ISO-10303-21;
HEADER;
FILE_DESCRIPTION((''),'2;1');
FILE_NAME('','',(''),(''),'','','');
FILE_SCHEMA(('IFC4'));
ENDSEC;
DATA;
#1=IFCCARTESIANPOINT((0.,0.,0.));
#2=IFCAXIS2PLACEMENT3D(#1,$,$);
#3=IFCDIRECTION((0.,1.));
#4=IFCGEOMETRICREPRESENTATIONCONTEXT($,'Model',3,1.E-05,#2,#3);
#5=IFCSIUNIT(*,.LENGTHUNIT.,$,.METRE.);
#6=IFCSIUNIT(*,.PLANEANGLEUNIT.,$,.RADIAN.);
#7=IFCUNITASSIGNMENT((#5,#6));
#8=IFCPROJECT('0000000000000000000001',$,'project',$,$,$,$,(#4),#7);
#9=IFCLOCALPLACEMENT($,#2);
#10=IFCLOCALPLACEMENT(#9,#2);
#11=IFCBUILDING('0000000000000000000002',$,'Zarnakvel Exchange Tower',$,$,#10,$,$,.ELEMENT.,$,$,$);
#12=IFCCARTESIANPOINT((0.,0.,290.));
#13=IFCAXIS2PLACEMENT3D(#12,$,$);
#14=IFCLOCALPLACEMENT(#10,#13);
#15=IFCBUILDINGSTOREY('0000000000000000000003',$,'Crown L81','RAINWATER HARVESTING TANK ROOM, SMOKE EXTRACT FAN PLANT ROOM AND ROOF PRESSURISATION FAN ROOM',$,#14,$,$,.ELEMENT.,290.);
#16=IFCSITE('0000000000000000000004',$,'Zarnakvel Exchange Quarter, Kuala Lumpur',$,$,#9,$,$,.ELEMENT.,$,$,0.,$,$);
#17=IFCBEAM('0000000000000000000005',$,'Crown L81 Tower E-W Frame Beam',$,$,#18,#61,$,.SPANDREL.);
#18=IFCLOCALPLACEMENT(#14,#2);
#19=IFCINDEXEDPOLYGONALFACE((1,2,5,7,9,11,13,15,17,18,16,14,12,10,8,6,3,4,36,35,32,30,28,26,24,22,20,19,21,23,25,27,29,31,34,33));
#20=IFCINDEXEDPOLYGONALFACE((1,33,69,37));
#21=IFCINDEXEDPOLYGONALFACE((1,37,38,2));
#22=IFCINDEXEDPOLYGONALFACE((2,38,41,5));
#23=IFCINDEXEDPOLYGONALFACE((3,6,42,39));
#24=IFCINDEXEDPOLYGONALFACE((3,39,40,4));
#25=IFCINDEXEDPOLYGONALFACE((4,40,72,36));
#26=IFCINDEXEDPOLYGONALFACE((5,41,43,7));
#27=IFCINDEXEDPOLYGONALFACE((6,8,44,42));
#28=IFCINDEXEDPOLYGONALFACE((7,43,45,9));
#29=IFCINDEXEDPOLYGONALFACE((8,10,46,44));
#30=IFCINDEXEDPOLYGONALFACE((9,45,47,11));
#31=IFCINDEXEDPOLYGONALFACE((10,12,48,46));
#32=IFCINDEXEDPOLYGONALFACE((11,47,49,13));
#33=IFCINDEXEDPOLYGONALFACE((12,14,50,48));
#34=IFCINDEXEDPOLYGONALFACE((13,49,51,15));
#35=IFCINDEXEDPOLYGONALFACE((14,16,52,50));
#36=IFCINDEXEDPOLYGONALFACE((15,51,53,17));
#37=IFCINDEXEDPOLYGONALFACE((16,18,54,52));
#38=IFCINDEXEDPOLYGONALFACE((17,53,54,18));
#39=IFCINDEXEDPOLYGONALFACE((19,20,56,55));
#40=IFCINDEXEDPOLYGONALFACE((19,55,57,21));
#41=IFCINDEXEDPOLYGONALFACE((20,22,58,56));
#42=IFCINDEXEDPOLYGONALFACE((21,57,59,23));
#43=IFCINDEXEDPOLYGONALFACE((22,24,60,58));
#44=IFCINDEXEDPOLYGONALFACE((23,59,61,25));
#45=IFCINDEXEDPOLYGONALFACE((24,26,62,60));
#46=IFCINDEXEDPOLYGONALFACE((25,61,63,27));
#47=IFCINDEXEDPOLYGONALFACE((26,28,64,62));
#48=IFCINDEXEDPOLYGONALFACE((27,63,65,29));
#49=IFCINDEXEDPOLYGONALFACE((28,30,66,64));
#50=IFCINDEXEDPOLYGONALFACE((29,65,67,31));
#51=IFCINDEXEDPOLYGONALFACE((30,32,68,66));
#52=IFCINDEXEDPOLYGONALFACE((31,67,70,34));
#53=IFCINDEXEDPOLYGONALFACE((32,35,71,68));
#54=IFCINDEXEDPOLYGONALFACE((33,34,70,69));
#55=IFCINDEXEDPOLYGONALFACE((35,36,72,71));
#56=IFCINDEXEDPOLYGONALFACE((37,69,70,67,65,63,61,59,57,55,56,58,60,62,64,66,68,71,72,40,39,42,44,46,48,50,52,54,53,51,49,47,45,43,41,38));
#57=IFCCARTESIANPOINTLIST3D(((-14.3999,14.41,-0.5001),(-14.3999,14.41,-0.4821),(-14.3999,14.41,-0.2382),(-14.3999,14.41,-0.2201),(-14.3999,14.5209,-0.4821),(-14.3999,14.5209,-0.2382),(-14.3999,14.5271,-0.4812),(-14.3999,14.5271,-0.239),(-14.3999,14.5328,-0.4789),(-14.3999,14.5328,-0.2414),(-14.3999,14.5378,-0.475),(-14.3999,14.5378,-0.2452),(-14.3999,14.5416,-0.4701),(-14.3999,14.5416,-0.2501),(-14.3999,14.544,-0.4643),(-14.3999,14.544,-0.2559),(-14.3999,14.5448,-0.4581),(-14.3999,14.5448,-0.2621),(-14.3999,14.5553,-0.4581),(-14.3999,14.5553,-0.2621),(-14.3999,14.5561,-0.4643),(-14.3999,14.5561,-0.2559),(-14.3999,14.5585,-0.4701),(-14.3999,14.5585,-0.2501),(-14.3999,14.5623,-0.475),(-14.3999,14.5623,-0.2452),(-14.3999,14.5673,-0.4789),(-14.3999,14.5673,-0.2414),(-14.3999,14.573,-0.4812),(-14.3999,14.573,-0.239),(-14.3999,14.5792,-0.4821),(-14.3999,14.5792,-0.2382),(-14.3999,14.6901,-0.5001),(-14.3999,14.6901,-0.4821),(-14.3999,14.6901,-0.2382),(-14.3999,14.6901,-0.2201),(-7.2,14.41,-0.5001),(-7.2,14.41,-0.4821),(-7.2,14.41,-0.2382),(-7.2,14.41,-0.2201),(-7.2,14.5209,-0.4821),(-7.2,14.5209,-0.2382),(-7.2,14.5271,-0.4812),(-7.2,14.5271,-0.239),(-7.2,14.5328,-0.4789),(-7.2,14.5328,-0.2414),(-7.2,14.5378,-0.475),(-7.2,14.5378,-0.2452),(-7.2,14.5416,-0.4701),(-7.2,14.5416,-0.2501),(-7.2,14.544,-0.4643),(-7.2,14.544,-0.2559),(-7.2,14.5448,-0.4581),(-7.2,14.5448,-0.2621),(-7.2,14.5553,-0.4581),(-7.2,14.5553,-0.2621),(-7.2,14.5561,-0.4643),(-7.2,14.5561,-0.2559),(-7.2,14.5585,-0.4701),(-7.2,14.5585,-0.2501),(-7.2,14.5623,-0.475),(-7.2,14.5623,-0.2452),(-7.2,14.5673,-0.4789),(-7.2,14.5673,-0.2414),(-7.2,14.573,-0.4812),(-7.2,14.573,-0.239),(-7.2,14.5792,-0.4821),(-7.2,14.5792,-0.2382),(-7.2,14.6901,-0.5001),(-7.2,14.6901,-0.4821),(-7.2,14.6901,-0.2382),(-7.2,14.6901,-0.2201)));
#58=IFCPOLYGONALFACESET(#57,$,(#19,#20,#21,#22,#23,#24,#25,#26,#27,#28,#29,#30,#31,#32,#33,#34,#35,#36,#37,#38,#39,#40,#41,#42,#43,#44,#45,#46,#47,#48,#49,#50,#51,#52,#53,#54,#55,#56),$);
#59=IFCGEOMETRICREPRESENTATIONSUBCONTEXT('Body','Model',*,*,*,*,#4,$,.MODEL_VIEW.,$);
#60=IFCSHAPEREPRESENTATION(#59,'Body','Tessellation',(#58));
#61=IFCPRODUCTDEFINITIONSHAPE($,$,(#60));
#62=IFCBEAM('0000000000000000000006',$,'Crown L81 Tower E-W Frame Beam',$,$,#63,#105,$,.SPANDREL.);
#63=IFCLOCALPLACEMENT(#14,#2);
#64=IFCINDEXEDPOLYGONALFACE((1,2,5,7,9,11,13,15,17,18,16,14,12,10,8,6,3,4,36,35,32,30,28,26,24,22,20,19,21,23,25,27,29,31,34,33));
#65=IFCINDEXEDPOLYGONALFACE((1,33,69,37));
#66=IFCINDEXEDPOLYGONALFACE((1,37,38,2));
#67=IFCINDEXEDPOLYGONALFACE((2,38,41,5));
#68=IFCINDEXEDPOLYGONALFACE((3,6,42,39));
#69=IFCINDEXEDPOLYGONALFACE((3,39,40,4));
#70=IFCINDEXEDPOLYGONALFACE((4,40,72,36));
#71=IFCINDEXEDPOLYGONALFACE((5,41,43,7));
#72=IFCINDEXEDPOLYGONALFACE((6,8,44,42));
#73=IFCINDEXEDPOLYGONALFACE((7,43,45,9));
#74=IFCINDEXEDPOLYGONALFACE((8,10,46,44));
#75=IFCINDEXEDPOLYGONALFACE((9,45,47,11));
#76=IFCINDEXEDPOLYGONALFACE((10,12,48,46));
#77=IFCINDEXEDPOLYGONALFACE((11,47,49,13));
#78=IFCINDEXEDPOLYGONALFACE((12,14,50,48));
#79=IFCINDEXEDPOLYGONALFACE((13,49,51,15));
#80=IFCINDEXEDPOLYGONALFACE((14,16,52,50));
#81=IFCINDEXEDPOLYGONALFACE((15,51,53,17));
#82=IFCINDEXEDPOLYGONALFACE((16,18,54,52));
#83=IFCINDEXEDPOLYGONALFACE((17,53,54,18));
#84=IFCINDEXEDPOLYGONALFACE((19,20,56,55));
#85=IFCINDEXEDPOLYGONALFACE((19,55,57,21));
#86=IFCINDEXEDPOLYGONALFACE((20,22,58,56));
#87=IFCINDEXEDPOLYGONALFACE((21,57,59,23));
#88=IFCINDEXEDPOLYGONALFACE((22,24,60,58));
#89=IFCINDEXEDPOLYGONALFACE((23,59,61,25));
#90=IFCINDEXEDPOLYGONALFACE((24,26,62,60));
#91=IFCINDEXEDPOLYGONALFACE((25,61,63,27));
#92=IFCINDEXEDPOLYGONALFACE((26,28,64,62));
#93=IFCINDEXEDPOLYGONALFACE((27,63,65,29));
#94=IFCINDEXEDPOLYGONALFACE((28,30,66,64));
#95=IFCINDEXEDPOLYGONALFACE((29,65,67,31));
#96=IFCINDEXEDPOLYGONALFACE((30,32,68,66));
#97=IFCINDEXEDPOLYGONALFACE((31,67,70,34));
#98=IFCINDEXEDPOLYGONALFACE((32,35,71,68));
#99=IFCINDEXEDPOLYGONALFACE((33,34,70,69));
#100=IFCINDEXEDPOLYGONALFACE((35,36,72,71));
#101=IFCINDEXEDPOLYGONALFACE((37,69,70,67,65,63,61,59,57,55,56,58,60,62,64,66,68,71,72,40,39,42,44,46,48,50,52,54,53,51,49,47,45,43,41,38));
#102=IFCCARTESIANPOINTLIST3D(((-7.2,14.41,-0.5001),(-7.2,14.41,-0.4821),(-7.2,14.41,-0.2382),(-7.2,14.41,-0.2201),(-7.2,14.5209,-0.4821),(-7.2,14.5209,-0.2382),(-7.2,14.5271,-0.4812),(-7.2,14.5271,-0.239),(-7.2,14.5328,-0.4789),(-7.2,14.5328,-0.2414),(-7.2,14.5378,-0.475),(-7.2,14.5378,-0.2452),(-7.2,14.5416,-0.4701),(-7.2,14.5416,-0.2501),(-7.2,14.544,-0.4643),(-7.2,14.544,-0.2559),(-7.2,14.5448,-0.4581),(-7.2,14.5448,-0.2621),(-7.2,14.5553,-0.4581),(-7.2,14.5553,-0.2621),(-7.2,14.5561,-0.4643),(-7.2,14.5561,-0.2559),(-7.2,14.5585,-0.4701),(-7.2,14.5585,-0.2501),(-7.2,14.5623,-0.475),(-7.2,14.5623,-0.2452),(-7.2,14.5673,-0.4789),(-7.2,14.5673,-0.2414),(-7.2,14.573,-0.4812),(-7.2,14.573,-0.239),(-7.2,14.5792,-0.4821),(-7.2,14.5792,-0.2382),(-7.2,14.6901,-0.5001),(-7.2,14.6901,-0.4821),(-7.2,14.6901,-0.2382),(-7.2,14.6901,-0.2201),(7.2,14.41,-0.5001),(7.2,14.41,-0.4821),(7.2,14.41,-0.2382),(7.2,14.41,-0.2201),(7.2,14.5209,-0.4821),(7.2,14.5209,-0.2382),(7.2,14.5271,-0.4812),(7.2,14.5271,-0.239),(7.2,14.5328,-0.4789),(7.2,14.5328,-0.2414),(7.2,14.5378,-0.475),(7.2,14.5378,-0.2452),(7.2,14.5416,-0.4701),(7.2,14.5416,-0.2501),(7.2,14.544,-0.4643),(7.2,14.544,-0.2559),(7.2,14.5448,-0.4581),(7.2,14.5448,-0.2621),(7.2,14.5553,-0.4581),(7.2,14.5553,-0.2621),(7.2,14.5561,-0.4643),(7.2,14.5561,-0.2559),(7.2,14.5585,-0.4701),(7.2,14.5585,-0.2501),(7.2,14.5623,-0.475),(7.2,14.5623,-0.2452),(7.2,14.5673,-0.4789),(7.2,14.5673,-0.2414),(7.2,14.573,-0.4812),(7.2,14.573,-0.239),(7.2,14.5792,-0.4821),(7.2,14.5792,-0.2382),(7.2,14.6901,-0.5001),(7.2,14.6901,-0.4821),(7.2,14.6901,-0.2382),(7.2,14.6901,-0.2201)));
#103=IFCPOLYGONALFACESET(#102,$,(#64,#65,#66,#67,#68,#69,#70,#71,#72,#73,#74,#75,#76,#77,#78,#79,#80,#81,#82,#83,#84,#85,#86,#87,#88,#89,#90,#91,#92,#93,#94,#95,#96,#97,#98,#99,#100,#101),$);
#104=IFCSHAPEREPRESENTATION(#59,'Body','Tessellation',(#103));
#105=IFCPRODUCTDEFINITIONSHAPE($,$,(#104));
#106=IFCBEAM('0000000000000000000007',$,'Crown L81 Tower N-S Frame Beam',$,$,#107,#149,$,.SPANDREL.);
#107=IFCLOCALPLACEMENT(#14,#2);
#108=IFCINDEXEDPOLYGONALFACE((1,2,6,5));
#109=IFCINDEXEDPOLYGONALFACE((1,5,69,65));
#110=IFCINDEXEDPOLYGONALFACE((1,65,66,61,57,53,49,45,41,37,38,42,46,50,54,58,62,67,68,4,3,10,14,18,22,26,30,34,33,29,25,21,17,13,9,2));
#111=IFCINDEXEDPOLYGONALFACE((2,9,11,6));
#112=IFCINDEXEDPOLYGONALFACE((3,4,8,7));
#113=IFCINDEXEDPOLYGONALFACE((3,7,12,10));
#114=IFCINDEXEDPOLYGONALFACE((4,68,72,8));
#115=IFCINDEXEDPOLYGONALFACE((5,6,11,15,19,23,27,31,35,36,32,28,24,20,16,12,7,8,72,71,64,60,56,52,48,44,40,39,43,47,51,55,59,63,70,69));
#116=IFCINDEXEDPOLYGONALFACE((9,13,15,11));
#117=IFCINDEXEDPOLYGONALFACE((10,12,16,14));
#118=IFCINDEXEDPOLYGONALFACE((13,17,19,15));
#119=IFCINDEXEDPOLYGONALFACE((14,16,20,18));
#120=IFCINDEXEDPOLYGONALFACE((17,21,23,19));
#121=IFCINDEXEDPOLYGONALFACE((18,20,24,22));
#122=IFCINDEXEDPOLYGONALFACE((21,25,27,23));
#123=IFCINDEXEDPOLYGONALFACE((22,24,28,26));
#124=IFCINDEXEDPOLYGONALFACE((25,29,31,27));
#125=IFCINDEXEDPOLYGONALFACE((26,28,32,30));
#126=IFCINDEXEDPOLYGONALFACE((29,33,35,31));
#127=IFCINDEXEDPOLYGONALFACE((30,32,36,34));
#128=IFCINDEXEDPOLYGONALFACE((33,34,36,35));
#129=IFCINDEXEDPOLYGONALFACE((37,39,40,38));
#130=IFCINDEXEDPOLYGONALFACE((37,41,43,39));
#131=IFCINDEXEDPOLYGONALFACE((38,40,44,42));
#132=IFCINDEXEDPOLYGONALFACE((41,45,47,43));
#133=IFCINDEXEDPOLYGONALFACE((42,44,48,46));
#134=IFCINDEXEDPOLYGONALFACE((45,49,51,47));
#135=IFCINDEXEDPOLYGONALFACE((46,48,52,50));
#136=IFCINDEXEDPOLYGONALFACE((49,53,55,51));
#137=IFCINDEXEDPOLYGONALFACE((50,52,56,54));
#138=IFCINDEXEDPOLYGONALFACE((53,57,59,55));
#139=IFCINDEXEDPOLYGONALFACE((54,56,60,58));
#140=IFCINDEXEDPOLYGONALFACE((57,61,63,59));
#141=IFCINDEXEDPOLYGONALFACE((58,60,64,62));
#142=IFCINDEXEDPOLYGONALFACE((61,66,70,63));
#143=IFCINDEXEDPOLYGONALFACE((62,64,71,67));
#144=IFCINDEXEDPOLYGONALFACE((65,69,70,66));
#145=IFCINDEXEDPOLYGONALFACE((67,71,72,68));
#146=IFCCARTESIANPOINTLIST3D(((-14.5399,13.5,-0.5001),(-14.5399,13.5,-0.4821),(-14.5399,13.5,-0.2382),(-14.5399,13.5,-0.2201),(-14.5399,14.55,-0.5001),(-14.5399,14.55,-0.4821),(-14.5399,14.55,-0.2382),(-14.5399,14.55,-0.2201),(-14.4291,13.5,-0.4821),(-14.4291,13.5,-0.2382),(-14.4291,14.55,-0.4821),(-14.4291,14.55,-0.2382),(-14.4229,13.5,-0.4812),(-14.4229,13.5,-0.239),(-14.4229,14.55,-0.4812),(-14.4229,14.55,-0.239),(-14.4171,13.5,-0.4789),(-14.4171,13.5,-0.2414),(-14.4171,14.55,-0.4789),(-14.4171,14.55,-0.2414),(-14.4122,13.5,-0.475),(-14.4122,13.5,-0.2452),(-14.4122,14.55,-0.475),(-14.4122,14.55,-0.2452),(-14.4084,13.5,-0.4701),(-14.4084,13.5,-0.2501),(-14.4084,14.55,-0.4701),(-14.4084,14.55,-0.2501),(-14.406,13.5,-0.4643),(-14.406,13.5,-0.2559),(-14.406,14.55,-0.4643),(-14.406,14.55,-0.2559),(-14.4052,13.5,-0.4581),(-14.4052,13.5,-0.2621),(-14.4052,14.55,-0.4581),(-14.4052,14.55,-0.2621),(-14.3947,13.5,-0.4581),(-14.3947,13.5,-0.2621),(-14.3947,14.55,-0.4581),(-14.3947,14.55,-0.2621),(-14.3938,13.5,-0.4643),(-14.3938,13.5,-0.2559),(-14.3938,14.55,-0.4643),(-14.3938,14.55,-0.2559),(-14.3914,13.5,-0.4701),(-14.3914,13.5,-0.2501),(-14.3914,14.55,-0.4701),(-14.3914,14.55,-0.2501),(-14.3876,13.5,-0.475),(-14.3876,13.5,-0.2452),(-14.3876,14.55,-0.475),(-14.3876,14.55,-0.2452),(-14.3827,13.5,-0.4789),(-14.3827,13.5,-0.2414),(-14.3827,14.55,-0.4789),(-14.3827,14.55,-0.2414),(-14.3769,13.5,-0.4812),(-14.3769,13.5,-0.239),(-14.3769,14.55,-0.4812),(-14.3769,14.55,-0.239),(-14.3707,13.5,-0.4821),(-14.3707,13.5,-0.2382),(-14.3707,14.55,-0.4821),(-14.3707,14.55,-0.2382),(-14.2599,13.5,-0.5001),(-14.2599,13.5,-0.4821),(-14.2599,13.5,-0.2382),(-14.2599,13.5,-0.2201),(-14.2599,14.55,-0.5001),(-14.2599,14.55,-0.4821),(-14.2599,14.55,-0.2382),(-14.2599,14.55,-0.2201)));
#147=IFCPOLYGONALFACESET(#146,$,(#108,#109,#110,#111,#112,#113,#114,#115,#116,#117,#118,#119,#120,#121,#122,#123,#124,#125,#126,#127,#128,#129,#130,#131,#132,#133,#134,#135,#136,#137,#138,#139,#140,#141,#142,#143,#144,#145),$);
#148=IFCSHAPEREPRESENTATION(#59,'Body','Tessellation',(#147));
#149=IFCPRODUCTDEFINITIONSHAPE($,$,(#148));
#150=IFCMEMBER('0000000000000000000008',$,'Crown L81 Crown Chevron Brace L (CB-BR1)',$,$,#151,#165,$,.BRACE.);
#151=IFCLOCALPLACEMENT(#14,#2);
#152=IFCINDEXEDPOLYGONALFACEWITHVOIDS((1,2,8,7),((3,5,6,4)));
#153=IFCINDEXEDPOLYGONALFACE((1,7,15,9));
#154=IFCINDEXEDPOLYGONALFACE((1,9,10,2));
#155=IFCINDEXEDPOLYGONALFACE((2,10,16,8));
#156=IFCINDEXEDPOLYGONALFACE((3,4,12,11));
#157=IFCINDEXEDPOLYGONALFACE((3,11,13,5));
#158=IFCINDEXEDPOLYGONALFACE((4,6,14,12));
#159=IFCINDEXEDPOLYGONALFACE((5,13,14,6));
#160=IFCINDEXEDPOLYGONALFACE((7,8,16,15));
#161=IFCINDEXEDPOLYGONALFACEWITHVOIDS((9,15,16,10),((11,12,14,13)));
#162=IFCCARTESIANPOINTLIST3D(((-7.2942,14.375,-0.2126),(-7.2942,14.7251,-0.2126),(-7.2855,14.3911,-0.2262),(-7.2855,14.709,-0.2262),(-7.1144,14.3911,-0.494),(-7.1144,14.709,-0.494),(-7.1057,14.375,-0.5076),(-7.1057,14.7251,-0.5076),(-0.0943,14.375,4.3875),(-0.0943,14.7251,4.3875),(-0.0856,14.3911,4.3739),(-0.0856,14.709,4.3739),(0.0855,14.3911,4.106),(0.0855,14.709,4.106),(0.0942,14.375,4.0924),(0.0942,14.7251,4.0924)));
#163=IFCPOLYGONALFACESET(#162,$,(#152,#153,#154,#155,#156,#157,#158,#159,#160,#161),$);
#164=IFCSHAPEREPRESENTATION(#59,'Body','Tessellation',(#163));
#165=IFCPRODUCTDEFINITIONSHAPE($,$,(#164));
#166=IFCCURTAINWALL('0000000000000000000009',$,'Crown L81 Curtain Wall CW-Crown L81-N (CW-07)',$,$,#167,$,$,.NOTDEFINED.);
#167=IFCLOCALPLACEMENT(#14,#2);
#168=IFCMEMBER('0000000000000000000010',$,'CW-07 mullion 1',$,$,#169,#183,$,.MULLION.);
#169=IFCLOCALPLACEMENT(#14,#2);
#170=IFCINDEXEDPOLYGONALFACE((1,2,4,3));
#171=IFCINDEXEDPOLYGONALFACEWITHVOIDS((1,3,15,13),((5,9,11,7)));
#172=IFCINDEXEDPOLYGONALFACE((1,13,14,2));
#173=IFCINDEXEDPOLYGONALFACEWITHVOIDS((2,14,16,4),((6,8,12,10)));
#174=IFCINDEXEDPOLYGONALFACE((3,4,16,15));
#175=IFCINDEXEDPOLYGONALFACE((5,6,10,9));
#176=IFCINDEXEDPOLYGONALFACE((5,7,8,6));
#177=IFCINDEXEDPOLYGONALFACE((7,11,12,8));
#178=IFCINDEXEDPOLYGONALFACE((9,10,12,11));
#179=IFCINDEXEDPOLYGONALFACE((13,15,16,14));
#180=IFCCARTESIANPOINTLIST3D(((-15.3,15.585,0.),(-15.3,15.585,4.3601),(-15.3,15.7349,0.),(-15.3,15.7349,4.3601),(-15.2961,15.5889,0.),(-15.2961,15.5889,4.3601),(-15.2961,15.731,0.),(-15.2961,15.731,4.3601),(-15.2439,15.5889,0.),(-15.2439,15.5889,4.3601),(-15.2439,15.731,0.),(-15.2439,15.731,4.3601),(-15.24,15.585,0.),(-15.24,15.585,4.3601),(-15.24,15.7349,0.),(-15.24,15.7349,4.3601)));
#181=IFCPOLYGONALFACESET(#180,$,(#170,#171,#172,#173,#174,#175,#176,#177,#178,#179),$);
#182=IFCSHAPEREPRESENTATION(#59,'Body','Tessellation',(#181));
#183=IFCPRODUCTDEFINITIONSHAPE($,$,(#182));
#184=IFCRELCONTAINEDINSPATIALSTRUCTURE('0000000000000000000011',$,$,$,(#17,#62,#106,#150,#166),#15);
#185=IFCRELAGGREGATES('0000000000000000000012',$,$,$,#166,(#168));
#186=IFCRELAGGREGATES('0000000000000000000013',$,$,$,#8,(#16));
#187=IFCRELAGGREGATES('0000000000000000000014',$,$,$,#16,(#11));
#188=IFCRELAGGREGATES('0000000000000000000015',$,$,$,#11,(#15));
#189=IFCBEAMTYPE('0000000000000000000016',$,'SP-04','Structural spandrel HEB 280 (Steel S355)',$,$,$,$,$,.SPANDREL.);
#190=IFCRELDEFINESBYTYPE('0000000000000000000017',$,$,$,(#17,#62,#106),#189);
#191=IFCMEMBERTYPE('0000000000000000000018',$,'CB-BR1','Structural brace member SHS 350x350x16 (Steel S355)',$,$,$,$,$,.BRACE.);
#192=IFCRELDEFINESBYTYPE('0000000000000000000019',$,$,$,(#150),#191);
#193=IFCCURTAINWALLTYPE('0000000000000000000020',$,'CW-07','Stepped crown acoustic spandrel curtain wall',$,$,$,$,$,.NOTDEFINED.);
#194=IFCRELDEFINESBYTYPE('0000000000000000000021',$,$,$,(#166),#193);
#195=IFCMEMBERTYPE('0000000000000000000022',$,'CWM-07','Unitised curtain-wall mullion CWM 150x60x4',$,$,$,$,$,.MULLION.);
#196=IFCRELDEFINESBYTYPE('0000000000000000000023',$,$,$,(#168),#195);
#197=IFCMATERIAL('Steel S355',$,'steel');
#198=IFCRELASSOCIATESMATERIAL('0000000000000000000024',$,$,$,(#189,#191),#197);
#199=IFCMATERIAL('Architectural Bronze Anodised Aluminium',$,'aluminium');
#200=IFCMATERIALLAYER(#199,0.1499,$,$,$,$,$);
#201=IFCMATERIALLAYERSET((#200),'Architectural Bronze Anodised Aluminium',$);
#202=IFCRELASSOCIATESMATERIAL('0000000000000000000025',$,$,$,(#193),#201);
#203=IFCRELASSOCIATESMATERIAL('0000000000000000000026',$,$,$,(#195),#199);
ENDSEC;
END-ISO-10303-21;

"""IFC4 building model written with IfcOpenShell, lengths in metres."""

from ifc_helpers import new_model, si_unit, direction, frame, origin, origin_2d, place, context, subcontext, project, spatial, hollow_rectangle, i_section, extrude, source, transform, mapped, material, layer, layer_set, material_profile, profile_set, type_object, element, aggregate, save


model = new_model("IFC4")

# Units and contexts
model_context = context("Model", 3, precision=1e-05, world=origin(), true_north=direction((0.0, 1.0)))
body_context = subcontext(model_context, "Body", "Model", "MODEL_VIEW")
ifc_project = project(units=[si_unit("LENGTHUNIT", "METRE"), si_unit("PLANEANGLEUNIT", "RADIAN")], contexts=[model_context])

# Site, building, storey
site_placement = place(None, origin())
site = spatial("IfcSite", under=ifc_project, at=site_placement, Name="Zarnakvel Exchange Quarter, Kuala Lumpur", CompositionType="ELEMENT", RefElevation=0.0)
building_placement = place(site_placement, origin())
building = spatial("IfcBuilding", under=site, at=building_placement, Name="Zarnakvel Exchange Tower", CompositionType="ELEMENT")
storey_placement = place(building_placement, frame((0.0, 0.0, 290.0)))
storey = spatial("IfcBuildingStorey", under=building, at=storey_placement, Name="Crown L81", Description="RAINWATER HARVESTING TANK ROOM, SMOKE EXTRACT FAN PLANT ROOM AND ROOF PRESSURISATION FAN ROOM", CompositionType="ELEMENT", Elevation=290.0)

# Shared definitions
ifc_material_1 = material(Name="Steel S355", Category="steel")

# Beams
ifc_material_profile_1 = material_profile(ifc_material_1, i_section(OverallWidth=0.28, OverallDepth=0.28, WebThickness=0.0105, FlangeThickness=0.0181, FilletRadius=0.0239, at=origin_2d()))
ifc_profile_set_1 = profile_set([ifc_material_profile_1], Name="Steel S355")
beam_type_1 = type_object("IfcBeamType", Name="SP-04", Description="Structural spandrel HEB 280 (Steel S355)", PredefinedType="SPANDREL", material=ifc_profile_set_1)
beam_1_placement = place(storey_placement, frame((-14.3999, 14.55, -0.3601), z_axis=(1.0, 0.0, 0.0), x_axis=(0.0, 1.0, 0.0)))
element("IfcBeam", 1, at=beam_1_placement, inside=storey, type_object=beam_type_1, Name="Crown L81 Tower E-W Frame Beam", PredefinedType="SPANDREL", context=body_context, shape_type="SweptSolid", body=[
    extrude(i_section(OverallWidth=0.28, OverallDepth=0.28, WebThickness=0.0105, FlangeThickness=0.0181, FilletRadius=0.0239, at=origin_2d()), origin(), (0.0, 0.0, 1.0), 7.2),
])
beam_2_placement = place(storey_placement, frame((-7.2, 14.55, -0.3601), z_axis=(1.0, 0.0, 0.0), x_axis=(0.0, 1.0, 0.0)))
element("IfcBeam", 2, at=beam_2_placement, inside=storey, type_object=beam_type_1, Name="Crown L81 Tower E-W Frame Beam", PredefinedType="SPANDREL", context=body_context, shape_type="SweptSolid", body=[
    extrude(i_section(OverallWidth=0.28, OverallDepth=0.28, WebThickness=0.0105, FlangeThickness=0.0181, FilletRadius=0.0239, at=origin_2d()), origin(), (0.0, 0.0, 1.0), 14.3999),
])
beam_3_placement = place(storey_placement, frame((-14.3999, 13.5, -0.3601), z_axis=(0.0, 1.0, 0.0), x_axis=(-1.0, 0.0, 0.0)))
element("IfcBeam", 3, at=beam_3_placement, inside=storey, type_object=beam_type_1, Name="Crown L81 Tower N-S Frame Beam", PredefinedType="SPANDREL", context=body_context, shape_type="SweptSolid", body=[
    extrude(i_section(OverallWidth=0.28, OverallDepth=0.28, WebThickness=0.0105, FlangeThickness=0.0181, FilletRadius=0.0239, at=origin_2d()), origin(), (0.0, 0.0, 1.0), 1.05),
])

# Member
ifc_material_profile_2 = material_profile(ifc_material_1, hollow_rectangle(XDim=0.3501, YDim=0.3501, WallThickness=0.0161, at=origin_2d()))
ifc_profile_set_2 = profile_set([ifc_material_profile_2], Name="Steel S355")
member_type_1 = type_object("IfcMemberType", Name="CB-BR1", Description="Structural brace member SHS 350x350x16 (Steel S355)", PredefinedType="BRACE", material=ifc_profile_set_2)
shared_shape_1 = source(origin(), body_context, "Body", "SweptSolid", [
    extrude(hollow_rectangle(XDim=0.3501, YDim=0.3501, WallThickness=0.0161, at=origin_2d()), origin(), (0.0, 0.0, 1.0), 8.5439),
])
member_1_placement = place(storey_placement, frame((-7.2, 14.55, -0.3601), z_axis=(0.842689, 0.0, 0.5384), x_axis=(0.0, 1.0, 0.0)))
element("IfcMember", 4, at=member_1_placement, inside=storey, type_object=member_type_1, Name="Crown L81 Crown Chevron Brace L (CB-BR1)", PredefinedType="BRACE", context=body_context, shape_type="MappedRepresentation", body=[
    mapped(shared_shape_1, transform((0.0, 0.0, 0.0), x_axis=(1.0, 0.0, 0.0), y_axis=(0.0, 1.0, 0.0), z_axis=(0.0, 0.0, 1.0), scale=1.0)),
])

# Curtain wall, member
ifc_material_2 = material(Name="Architectural Bronze Anodised Aluminium", Category="aluminium")
ifc_layer_1 = layer(ifc_material_2, 0.1499)
ifc_layer_set_1 = layer_set([ifc_layer_1], Name="Architectural Bronze Anodised Aluminium")
curtain_wall_type = type_object("IfcCurtainWallType", Name="CW-07", Description="Stepped crown acoustic spandrel curtain wall", PredefinedType="NOTDEFINED", material=ifc_layer_set_1)
curtain_wall_placement = place(storey_placement, origin())
curtain_wall = element("IfcCurtainWall", 5, at=curtain_wall_placement, inside=storey, type_object=curtain_wall_type, Name="Crown L81 Curtain Wall CW-Crown L81-N (CW-07)", PredefinedType="NOTDEFINED")
ifc_material_profile_3 = material_profile(ifc_material_2, hollow_rectangle(XDim=0.1499, YDim=0.0601, WallThickness=0.0039, at=origin_2d()))
ifc_profile_set_3 = profile_set([ifc_material_profile_3], Name="Architectural Bronze Anodised Aluminium")
member_type_2 = type_object("IfcMemberType", Name="CWM-07", Description="Unitised curtain-wall mullion CWM 150x60x4", PredefinedType="MULLION", material=ifc_profile_set_3)
shared_shape_2 = source(origin(), body_context, "Body", "SweptSolid", [
    extrude(hollow_rectangle(XDim=0.1499, YDim=0.0601, WallThickness=0.0039, at=origin_2d()), origin(), (0.0, 0.0, 1.0), 4.3601),
])
member_2_placement = place(storey_placement, frame((-15.27, 15.6599, 0.0), z_axis=(0.0, 0.0, 1.0), x_axis=(0.0, 1.0, 0.0)))
member_2 = element("IfcMember", 6, at=member_2_placement, type_object=member_type_2, Name="CW-07 mullion 1", PredefinedType="MULLION", context=body_context, shape_type="MappedRepresentation", body=[
    mapped(shared_shape_2, transform((0.0, 0.0, 0.0), x_axis=(1.0, 0.0, 0.0), y_axis=(0.0, 1.0, 0.0), z_axis=(0.0, 0.0, 1.0), scale=1.0)),
])

aggregate(curtain_wall, [member_2])

save(model, "model.ifc")
